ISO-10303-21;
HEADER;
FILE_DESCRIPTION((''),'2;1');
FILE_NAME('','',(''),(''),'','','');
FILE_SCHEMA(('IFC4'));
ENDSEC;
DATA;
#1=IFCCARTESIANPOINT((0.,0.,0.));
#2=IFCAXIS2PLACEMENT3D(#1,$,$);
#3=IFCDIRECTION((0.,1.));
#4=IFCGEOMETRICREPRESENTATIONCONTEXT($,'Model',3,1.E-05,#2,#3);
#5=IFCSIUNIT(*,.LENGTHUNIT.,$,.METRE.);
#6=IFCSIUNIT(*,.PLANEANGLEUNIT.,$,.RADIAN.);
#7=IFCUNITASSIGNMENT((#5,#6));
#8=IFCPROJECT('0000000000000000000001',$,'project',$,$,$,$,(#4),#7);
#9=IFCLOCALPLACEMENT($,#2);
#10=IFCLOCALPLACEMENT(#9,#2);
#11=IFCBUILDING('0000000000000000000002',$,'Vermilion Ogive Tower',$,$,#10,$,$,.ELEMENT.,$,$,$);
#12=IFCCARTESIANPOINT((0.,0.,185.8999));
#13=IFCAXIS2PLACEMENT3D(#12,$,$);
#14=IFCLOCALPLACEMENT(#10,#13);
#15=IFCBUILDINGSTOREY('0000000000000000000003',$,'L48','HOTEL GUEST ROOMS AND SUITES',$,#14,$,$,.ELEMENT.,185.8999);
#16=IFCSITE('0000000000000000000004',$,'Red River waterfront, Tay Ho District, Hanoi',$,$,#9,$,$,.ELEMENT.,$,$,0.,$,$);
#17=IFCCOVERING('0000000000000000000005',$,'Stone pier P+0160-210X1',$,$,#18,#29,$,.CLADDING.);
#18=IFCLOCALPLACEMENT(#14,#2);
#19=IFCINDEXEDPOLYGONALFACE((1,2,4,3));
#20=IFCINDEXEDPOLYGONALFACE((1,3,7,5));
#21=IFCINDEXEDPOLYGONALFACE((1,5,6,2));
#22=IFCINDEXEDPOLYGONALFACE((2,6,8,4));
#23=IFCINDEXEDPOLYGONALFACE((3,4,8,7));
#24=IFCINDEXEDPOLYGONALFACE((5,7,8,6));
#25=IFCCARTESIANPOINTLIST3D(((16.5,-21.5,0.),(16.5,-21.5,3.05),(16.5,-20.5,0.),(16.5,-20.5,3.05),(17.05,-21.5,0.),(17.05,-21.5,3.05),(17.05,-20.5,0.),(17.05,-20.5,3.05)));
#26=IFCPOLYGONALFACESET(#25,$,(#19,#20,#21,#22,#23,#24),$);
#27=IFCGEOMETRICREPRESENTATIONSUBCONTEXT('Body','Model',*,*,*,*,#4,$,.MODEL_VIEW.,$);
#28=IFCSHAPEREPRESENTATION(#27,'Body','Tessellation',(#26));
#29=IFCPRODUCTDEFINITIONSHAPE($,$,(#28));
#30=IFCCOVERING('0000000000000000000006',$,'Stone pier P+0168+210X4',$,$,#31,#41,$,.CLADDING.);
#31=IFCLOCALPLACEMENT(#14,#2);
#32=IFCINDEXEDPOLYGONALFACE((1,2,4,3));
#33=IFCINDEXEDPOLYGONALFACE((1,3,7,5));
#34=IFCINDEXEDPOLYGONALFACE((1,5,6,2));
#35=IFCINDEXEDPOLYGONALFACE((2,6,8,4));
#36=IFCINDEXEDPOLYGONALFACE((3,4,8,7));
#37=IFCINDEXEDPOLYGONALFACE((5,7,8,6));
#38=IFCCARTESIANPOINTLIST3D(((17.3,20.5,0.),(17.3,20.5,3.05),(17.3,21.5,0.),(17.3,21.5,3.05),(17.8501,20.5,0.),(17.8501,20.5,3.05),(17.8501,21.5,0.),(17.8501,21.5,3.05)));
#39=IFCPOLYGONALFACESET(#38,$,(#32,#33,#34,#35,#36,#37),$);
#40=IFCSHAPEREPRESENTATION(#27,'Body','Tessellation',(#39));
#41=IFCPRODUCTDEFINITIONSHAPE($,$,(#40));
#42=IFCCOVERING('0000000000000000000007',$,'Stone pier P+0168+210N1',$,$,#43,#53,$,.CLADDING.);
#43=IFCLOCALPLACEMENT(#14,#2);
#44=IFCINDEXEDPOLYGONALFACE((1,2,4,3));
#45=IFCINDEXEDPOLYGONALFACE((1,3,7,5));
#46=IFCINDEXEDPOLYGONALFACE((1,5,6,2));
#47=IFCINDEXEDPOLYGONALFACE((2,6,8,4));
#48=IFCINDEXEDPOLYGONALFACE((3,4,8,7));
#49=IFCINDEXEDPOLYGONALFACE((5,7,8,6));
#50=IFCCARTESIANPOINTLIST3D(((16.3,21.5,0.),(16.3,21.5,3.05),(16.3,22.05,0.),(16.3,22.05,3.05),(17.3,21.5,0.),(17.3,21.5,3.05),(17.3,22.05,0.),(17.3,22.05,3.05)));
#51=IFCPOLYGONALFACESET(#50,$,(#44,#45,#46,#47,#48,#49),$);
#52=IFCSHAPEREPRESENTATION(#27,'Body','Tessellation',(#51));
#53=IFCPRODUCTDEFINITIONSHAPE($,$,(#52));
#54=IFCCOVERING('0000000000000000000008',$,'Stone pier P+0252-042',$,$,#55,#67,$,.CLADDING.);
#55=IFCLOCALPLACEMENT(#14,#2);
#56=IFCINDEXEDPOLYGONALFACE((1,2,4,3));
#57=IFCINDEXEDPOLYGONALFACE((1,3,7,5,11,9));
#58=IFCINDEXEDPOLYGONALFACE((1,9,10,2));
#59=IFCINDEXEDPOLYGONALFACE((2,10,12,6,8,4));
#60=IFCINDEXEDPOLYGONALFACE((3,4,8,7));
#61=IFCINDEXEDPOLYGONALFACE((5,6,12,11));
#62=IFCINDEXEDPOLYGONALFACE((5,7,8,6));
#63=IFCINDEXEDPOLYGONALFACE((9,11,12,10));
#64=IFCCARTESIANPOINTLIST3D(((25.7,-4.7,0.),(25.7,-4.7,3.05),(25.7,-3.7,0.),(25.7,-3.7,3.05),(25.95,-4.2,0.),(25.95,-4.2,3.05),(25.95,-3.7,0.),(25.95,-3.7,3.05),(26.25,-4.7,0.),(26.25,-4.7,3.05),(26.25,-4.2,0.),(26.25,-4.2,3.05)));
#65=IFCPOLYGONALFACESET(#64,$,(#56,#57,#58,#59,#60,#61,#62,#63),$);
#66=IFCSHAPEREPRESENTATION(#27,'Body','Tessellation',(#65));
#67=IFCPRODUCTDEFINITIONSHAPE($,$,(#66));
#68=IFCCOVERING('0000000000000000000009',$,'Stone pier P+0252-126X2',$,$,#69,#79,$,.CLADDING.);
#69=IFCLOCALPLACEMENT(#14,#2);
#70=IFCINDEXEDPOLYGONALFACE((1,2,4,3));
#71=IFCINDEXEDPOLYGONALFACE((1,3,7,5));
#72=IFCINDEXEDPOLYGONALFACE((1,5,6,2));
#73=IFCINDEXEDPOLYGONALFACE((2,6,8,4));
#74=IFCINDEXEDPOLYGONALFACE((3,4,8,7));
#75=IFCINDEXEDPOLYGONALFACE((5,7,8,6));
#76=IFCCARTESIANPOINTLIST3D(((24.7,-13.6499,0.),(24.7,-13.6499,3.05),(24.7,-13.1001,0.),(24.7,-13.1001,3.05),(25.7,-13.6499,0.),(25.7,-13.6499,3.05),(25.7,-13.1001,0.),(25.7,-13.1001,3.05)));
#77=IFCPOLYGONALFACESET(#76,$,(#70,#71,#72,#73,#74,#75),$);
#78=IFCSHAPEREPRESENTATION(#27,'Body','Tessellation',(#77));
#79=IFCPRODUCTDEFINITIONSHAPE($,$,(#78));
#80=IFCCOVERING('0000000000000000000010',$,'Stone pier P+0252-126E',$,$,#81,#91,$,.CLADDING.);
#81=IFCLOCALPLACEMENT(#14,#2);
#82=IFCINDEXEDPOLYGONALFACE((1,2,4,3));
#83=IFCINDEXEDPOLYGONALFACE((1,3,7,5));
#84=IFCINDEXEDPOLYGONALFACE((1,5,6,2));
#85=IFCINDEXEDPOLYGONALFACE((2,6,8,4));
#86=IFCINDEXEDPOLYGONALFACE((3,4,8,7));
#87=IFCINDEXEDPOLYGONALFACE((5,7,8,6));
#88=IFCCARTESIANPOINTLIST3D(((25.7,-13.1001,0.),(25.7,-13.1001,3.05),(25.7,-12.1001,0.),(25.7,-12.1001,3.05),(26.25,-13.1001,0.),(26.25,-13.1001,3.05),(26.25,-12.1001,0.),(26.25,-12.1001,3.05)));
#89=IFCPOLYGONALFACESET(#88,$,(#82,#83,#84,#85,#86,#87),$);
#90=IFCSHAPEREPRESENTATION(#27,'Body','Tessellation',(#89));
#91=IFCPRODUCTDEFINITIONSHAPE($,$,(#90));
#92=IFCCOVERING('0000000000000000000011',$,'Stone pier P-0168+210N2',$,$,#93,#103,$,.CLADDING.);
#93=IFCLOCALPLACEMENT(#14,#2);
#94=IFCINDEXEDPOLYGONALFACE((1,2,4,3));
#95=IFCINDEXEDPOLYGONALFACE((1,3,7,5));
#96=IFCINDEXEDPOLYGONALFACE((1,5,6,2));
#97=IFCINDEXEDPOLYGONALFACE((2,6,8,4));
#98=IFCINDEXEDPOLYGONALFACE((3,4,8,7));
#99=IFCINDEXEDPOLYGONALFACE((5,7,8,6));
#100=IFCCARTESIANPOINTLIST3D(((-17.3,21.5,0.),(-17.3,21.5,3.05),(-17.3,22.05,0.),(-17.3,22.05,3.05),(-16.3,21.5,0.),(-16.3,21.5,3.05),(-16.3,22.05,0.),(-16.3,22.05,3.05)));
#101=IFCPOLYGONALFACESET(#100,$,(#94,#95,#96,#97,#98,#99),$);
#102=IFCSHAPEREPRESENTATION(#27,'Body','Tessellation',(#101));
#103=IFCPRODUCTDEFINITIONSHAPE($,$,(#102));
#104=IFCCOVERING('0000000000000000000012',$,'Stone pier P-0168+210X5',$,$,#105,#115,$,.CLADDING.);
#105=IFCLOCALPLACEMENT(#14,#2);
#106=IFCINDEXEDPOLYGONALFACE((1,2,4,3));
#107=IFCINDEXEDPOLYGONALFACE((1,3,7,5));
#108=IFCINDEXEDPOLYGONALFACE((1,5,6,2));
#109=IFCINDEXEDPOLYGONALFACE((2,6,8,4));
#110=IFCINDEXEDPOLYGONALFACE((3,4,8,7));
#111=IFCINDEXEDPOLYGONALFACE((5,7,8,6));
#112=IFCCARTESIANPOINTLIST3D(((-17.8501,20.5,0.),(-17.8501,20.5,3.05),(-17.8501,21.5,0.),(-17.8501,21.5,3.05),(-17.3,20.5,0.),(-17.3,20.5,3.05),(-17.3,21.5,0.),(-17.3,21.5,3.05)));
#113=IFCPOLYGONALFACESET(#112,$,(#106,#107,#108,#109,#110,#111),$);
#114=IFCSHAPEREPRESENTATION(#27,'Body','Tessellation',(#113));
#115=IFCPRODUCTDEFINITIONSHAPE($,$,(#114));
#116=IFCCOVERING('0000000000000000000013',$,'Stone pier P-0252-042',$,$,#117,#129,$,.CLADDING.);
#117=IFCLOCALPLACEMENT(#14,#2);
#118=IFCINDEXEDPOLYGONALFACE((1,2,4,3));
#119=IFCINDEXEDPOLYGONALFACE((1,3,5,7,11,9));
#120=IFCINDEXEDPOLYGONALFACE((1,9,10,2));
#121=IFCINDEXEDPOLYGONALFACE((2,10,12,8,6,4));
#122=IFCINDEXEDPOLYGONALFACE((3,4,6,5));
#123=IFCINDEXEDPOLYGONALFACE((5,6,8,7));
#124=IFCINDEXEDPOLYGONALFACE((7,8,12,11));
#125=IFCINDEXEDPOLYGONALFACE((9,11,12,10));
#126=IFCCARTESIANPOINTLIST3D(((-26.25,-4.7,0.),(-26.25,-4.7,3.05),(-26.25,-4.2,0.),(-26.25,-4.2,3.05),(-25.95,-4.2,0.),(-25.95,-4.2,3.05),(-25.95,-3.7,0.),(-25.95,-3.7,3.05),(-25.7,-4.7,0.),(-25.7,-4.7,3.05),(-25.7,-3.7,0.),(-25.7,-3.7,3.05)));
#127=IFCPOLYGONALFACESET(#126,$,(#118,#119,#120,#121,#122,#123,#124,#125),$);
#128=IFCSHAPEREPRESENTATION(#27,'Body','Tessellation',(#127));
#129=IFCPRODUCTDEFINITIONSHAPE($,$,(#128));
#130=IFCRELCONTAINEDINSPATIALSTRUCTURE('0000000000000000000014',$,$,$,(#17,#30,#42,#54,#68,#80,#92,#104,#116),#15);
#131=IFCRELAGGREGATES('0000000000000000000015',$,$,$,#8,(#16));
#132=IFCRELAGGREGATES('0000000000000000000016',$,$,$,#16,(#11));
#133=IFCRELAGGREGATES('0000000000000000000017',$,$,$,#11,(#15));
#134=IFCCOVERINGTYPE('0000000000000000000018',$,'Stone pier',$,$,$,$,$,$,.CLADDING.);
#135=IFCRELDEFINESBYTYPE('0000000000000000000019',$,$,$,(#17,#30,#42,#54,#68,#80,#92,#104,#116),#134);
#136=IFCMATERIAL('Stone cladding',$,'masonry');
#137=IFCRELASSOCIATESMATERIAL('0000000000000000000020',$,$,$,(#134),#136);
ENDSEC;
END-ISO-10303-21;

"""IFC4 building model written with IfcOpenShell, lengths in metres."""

from ifc_helpers import new_model, si_unit, direction, frame, origin, place, context, subcontext, project, spatial, polyline, outline, extrude, material, type_object, element, save


model = new_model("IFC4")

# Units and contexts
model_context = context("Model", 3, precision=1e-05, world=origin(), true_north=direction((0.0, 1.0)))
body_context = subcontext(model_context, "Body", "Model", "MODEL_VIEW")
ifc_project = project(units=[si_unit("LENGTHUNIT", "METRE"), si_unit("PLANEANGLEUNIT", "RADIAN")], contexts=[model_context])

# Site, building, storey
site_placement = place(None, origin())
site = spatial("IfcSite", under=ifc_project, at=site_placement, Name="Red River waterfront, Tay Ho District, Hanoi", CompositionType="ELEMENT", RefElevation=0.0)
building_placement = place(site_placement, origin())
building = spatial("IfcBuilding", under=site, at=building_placement, Name="Vermilion Ogive Tower", CompositionType="ELEMENT")
storey_placement = place(building_placement, frame((0.0, 0.0, 185.8999)))
storey = spatial("IfcBuildingStorey", under=building, at=storey_placement, Name="L48", Description="HOTEL GUEST ROOMS AND SUITES", CompositionType="ELEMENT", Elevation=185.8999)

# Coverings
ifc_material_1 = material(Name="Stone cladding", Category="masonry")
covering_type_1 = type_object("IfcCoveringType", Name="Stone pier", PredefinedType="CLADDING", material=ifc_material_1)
covering_1_placement = place(storey_placement, origin())
element("IfcCovering", 1, at=covering_1_placement, inside=storey, type_object=covering_type_1, Name="Stone pier P+0160-210X1", PredefinedType="CLADDING", context=body_context, shape_type="SweptSolid", body=[
    extrude(outline(polyline([(17.05, -21.5), (16.5, -21.5), (16.5, -20.5), (17.05, -20.5), (17.05, -21.5)])), origin(), (0.0, 0.0, 1.0), 3.05),
])
covering_2_placement = place(storey_placement, origin())
element("IfcCovering", 2, at=covering_2_placement, inside=storey, type_object=covering_type_1, Name="Stone pier P+0168+210X4", PredefinedType="CLADDING", context=body_context, shape_type="SweptSolid", body=[
    extrude(outline(polyline([(17.8501, 21.5), (17.8501, 20.5), (17.3, 20.5), (17.3, 21.5), (17.8501, 21.5)])), origin(), (0.0, 0.0, 1.0), 3.05),
])
covering_3_placement = place(storey_placement, origin())
element("IfcCovering", 3, at=covering_3_placement, inside=storey, type_object=covering_type_1, Name="Stone pier P+0168+210N1", PredefinedType="CLADDING", context=body_context, shape_type="SweptSolid", body=[
    extrude(outline(polyline([(17.3, 22.05), (17.3, 21.5), (16.3, 21.5), (16.3, 22.05), (17.3, 22.05)])), origin(), (0.0, 0.0, 1.0), 3.05),
])
covering_4_placement = place(storey_placement, origin())
element("IfcCovering", 4, at=covering_4_placement, inside=storey, type_object=covering_type_1, Name="Stone pier P+0252-042", PredefinedType="CLADDING", context=body_context, shape_type="SweptSolid", body=[
    extrude(outline(polyline([(25.7, -3.7), (25.95, -3.7), (25.95, -4.2), (26.25, -4.2), (26.25, -4.7), (25.7, -4.7), (25.7, -4.7), (25.7, -3.7)])), origin(), (0.0, 0.0, 1.0), 3.05),
])
covering_5_placement = place(storey_placement, origin())
element("IfcCovering", 5, at=covering_5_placement, inside=storey, type_object=covering_type_1, Name="Stone pier P+0252-126X2", PredefinedType="CLADDING", context=body_context, shape_type="SweptSolid", body=[
    extrude(outline(polyline([(25.7, -13.6499), (24.7, -13.6499), (24.7, -13.1001), (25.7, -13.1001), (25.7, -13.6499)])), origin(), (0.0, 0.0, 1.0), 3.05),
])
covering_6_placement = place(storey_placement, origin())
element("IfcCovering", 6, at=covering_6_placement, inside=storey, type_object=covering_type_1, Name="Stone pier P+0252-126E", PredefinedType="CLADDING", context=body_context, shape_type="SweptSolid", body=[
    extrude(outline(polyline([(26.25, -13.1001), (25.7, -13.1001), (25.7, -12.1001), (26.25, -12.1001), (26.25, -13.1001)])), origin(), (0.0, 0.0, 1.0), 3.05),
])
covering_7_placement = place(storey_placement, origin())
element("IfcCovering", 7, at=covering_7_placement, inside=storey, type_object=covering_type_1, Name="Stone pier P-0168+210N2", PredefinedType="CLADDING", context=body_context, shape_type="SweptSolid", body=[
    extrude(outline(polyline([(-17.3, 21.5), (-17.3, 22.05), (-16.3, 22.05), (-16.3, 21.5), (-17.3, 21.5), (-17.3, 21.5)])), origin(), (0.0, 0.0, 1.0), 3.05),
])
covering_8_placement = place(storey_placement, origin())
element("IfcCovering", 8, at=covering_8_placement, inside=storey, type_object=covering_type_1, Name="Stone pier P-0168+210X5", PredefinedType="CLADDING", context=body_context, shape_type="SweptSolid", body=[
    extrude(outline(polyline([(-17.8501, 21.5), (-17.3, 21.5), (-17.3, 21.5), (-17.3, 20.5), (-17.8501, 20.5), (-17.8501, 21.5)])), origin(), (0.0, 0.0, 1.0), 3.05),
])
covering_9_placement = place(storey_placement, origin())
element("IfcCovering", 9, at=covering_9_placement, inside=storey, type_object=covering_type_1, Name="Stone pier P-0252-042", PredefinedType="CLADDING", context=body_context, shape_type="SweptSolid", body=[
    extrude(outline(polyline([(-25.7, -4.7), (-26.25, -4.7), (-26.25, -4.2), (-25.95, -4.2), (-25.95, -3.7), (-25.7, -3.7), (-25.7, -4.7), (-25.7, -4.7)])), origin(), (0.0, 0.0, 1.0), 3.05),
])

save(model, "model.ifc")
